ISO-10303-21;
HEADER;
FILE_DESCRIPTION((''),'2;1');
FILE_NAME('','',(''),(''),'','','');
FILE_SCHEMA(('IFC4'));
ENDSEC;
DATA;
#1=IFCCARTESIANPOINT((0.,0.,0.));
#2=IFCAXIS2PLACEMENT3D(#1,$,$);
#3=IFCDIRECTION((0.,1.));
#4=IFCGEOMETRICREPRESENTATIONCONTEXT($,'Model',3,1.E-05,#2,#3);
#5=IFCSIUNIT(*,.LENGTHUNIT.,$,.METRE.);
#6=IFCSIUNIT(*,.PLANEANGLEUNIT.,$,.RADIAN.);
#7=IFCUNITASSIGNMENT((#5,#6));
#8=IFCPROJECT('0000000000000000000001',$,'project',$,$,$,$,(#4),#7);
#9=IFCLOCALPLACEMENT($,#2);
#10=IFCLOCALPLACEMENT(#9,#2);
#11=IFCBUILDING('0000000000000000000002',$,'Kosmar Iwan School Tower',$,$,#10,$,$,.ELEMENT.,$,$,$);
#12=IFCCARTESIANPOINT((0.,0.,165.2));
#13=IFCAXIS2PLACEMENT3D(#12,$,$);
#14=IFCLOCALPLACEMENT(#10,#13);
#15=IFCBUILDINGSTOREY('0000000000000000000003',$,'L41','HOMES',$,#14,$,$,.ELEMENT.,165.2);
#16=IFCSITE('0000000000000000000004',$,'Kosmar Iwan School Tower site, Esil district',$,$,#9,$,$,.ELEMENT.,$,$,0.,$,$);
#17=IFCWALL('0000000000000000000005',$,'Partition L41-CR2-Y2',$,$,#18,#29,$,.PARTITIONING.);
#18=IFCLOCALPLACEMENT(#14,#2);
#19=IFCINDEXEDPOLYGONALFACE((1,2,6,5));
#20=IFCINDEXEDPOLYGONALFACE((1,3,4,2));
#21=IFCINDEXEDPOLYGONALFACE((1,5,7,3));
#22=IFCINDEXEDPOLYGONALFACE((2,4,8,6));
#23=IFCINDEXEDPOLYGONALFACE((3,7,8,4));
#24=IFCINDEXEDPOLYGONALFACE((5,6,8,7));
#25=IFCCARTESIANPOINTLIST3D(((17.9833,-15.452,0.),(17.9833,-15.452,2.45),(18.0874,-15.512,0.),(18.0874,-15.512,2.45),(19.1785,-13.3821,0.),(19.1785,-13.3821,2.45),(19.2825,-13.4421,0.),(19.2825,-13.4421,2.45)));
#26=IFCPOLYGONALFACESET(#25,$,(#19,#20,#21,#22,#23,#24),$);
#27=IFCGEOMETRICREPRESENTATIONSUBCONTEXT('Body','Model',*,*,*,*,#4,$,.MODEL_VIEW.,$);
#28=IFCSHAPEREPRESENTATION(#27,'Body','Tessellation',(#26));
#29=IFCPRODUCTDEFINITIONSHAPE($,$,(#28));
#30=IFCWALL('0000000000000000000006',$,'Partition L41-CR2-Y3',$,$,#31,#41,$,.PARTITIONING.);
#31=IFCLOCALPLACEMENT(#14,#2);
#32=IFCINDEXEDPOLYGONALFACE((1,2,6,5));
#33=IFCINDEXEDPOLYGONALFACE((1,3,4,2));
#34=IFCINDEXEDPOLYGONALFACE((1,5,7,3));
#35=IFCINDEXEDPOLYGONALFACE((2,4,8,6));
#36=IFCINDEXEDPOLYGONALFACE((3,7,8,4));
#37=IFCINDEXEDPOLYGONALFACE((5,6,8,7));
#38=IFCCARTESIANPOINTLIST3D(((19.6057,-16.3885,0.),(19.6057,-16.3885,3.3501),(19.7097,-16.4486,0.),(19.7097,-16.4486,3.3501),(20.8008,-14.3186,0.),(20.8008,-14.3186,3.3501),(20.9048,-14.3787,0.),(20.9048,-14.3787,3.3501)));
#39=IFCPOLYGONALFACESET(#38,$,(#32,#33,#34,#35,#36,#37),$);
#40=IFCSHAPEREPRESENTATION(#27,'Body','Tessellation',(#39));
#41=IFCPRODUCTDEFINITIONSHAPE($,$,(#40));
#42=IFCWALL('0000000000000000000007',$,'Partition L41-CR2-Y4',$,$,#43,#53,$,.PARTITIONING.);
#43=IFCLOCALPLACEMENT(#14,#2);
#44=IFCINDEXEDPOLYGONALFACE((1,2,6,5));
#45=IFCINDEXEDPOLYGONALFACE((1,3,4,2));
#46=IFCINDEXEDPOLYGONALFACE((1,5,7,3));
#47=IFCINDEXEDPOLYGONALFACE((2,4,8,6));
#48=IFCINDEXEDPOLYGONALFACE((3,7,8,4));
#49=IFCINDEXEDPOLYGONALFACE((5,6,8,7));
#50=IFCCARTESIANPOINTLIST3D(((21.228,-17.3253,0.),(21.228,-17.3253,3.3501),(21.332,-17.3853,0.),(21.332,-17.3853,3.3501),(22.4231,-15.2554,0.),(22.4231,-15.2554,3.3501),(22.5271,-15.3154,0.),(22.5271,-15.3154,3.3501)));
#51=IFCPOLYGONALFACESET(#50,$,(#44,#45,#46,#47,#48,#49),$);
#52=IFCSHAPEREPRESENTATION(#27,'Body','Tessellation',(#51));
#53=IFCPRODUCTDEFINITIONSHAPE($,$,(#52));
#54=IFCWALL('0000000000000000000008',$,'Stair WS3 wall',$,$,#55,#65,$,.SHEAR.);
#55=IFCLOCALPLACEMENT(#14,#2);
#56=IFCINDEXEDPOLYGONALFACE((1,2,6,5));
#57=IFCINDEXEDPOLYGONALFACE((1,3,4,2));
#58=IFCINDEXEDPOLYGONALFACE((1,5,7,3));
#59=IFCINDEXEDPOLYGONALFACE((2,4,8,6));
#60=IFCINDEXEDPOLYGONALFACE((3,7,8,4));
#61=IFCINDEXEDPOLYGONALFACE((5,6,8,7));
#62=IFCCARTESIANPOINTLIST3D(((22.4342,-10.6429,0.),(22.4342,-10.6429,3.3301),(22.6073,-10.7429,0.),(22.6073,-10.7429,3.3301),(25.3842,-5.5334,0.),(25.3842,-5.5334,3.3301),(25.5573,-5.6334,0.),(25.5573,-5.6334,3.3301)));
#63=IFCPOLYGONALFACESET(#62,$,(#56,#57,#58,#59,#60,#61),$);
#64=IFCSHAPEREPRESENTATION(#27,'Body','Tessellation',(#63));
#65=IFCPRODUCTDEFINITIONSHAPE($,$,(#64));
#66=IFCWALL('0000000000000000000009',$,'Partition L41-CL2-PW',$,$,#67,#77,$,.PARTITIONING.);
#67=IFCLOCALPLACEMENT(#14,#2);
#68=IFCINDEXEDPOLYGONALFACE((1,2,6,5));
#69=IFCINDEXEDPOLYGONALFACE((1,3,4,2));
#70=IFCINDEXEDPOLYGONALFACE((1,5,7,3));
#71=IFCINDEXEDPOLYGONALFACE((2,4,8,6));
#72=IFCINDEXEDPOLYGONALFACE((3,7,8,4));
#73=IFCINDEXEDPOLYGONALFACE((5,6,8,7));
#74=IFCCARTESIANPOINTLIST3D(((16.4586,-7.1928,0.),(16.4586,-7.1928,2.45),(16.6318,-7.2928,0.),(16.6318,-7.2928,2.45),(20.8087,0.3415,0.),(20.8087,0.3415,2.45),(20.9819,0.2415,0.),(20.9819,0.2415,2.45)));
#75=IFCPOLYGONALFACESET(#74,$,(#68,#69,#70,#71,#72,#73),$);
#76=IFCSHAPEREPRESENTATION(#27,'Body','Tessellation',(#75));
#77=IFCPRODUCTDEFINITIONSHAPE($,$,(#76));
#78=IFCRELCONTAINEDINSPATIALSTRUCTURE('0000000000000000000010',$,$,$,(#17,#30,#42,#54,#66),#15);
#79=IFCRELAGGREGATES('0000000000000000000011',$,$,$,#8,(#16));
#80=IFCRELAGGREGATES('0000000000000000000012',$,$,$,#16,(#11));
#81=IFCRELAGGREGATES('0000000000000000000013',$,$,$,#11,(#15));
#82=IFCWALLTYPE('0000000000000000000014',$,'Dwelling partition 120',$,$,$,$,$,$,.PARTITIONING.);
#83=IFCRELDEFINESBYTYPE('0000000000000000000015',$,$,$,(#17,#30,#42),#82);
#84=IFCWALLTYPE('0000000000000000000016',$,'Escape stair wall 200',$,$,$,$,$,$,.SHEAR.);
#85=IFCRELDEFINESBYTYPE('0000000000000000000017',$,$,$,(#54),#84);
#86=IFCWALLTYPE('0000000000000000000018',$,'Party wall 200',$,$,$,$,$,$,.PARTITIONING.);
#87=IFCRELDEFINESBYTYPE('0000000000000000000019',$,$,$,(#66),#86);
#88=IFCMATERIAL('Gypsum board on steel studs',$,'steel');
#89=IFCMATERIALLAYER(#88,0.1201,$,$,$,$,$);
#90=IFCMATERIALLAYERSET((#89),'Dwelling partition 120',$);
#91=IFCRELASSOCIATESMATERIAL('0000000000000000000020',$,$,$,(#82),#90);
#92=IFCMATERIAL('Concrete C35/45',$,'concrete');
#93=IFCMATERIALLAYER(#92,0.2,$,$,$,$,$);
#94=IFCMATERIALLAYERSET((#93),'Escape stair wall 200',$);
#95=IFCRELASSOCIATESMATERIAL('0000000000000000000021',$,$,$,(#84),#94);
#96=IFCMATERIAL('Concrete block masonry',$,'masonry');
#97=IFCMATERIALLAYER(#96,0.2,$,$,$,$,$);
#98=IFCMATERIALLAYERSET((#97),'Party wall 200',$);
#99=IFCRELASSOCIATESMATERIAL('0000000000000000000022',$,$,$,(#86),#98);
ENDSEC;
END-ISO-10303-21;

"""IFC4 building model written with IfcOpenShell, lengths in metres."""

from ifc_helpers import new_model, si_unit, direction, frame, frame_2d, origin, place, context, subcontext, project, spatial, rectangle, extrude, material, layer, layer_set, type_object, element, save


model = new_model("IFC4")

# Units and contexts
model_context = context("Model", 3, precision=1e-05, world=origin(), true_north=direction((0.0, 1.0)))
body_context = subcontext(model_context, "Body", "Model", "MODEL_VIEW")
ifc_project = project(units=[si_unit("LENGTHUNIT", "METRE"), si_unit("PLANEANGLEUNIT", "RADIAN")], contexts=[model_context])

# Site, building, storey
site_placement = place(None, origin())
site = spatial("IfcSite", under=ifc_project, at=site_placement, Name="Kosmar Iwan School Tower site, Esil district", CompositionType="ELEMENT", RefElevation=0.0)
building_placement = place(site_placement, origin())
building = spatial("IfcBuilding", under=site, at=building_placement, Name="Kosmar Iwan School Tower", CompositionType="ELEMENT")
storey_placement = place(building_placement, frame((0.0, 0.0, 165.2)))
storey = spatial("IfcBuildingStorey", under=building, at=storey_placement, Name="L41", Description="HOMES", CompositionType="ELEMENT", Elevation=165.2)

# Shared definitions
ifc_material_1 = material(Name="Gypsum board on steel studs", Category="steel")
ifc_layer_1 = layer(ifc_material_1, 0.1201)
ifc_layer_set_1 = layer_set([ifc_layer_1], Name="Dwelling partition 120")
wall_type_1 = type_object("IfcWallType", Name="Dwelling partition 120", PredefinedType="PARTITIONING", material=ifc_layer_set_1)

# Walls
wall_1_placement = place(storey_placement, frame((19.2305, -13.4121, 0.0), z_axis=(0.0, 0.0, 1.0), x_axis=(-0.500017, -0.866015, 0.0)))
element("IfcWall", 1, at=wall_1_placement, inside=storey, type_object=wall_type_1, Name="Partition L41-CR2-Y2", PredefinedType="PARTITIONING", context=body_context, shape_type="SweptSolid", body=[
    extrude(rectangle(XDim=2.3901, YDim=0.1201, at=frame_2d((1.1951, 0.0))), origin(), (0.0, 0.0, 1.0), 2.45),
])
for number, where, z_axis, x_axis, name in (
    (2, (20.8528, -14.3486, 0.0), (0.0, 0.0, 1.0), (-0.500017, -0.866015, 0.0), "Partition L41-CR2-Y3"),
    (3, (22.4751, -15.2854, 0.0), (0.0, 0.0, 1.0), (-0.500017, -0.866015, 0.0), "Partition L41-CR2-Y4"),
):
    element("IfcWall", number, at=place(storey_placement, frame(where, z_axis=z_axis, x_axis=x_axis)), inside=storey, type_object=wall_type_1, Name=name, PredefinedType="PARTITIONING", context=body_context, shape_type="SweptSolid", body=[
        extrude(rectangle(XDim=2.3901, YDim=0.1201, at=frame_2d((1.1951, 0.0))), origin(), (0.0, 0.0, 1.0), 3.3501),
    ])
ifc_material_2 = material(Name="Concrete C35/45", Category="concrete")
ifc_layer_2 = layer(ifc_material_2, 0.2)
ifc_layer_set_2 = layer_set([ifc_layer_2], Name="Escape stair wall 200")
wall_type_2 = type_object("IfcWallType", Name="Escape stair wall 200", PredefinedType="SHEAR", material=ifc_layer_set_2)
wall_2_placement = place(storey_placement, frame((22.5208, -10.6929, 0.0), z_axis=(0.0, 0.0, 1.0), x_axis=(0.500007, 0.866022, 0.0)))
element("IfcWall", 4, at=wall_2_placement, inside=storey, type_object=wall_type_2, Name="Stair WS3 wall", PredefinedType="SHEAR", context=body_context, shape_type="SweptSolid", body=[
    extrude(rectangle(XDim=5.8999, YDim=0.2, at=frame_2d((2.95, 0.0))), origin(), (0.0, 0.0, 1.0), 3.3301),
])
ifc_material_3 = material(Name="Concrete block masonry", Category="masonry")
ifc_layer_3 = layer(ifc_material_3, 0.2)
ifc_layer_set_3 = layer_set([ifc_layer_3], Name="Party wall 200")
wall_type_3 = type_object("IfcWallType", Name="Party wall 200", PredefinedType="PARTITIONING", material=ifc_layer_set_3)
wall_3_placement = place(storey_placement, frame((16.5452, -7.2429, 0.0), z_axis=(0.0, 0.0, 1.0), x_axis=(0.500008, 0.866021, 0.0)))
element("IfcWall", 5, at=wall_3_placement, inside=storey, type_object=wall_type_3, Name="Partition L41-CL2-PW", PredefinedType="PARTITIONING", context=body_context, shape_type="SweptSolid", body=[
    extrude(rectangle(XDim=8.7, YDim=0.2, at=frame_2d((4.3501, 0.0))), origin(), (0.0, 0.0, 1.0), 2.45),
])

save(model, "model.ifc")
